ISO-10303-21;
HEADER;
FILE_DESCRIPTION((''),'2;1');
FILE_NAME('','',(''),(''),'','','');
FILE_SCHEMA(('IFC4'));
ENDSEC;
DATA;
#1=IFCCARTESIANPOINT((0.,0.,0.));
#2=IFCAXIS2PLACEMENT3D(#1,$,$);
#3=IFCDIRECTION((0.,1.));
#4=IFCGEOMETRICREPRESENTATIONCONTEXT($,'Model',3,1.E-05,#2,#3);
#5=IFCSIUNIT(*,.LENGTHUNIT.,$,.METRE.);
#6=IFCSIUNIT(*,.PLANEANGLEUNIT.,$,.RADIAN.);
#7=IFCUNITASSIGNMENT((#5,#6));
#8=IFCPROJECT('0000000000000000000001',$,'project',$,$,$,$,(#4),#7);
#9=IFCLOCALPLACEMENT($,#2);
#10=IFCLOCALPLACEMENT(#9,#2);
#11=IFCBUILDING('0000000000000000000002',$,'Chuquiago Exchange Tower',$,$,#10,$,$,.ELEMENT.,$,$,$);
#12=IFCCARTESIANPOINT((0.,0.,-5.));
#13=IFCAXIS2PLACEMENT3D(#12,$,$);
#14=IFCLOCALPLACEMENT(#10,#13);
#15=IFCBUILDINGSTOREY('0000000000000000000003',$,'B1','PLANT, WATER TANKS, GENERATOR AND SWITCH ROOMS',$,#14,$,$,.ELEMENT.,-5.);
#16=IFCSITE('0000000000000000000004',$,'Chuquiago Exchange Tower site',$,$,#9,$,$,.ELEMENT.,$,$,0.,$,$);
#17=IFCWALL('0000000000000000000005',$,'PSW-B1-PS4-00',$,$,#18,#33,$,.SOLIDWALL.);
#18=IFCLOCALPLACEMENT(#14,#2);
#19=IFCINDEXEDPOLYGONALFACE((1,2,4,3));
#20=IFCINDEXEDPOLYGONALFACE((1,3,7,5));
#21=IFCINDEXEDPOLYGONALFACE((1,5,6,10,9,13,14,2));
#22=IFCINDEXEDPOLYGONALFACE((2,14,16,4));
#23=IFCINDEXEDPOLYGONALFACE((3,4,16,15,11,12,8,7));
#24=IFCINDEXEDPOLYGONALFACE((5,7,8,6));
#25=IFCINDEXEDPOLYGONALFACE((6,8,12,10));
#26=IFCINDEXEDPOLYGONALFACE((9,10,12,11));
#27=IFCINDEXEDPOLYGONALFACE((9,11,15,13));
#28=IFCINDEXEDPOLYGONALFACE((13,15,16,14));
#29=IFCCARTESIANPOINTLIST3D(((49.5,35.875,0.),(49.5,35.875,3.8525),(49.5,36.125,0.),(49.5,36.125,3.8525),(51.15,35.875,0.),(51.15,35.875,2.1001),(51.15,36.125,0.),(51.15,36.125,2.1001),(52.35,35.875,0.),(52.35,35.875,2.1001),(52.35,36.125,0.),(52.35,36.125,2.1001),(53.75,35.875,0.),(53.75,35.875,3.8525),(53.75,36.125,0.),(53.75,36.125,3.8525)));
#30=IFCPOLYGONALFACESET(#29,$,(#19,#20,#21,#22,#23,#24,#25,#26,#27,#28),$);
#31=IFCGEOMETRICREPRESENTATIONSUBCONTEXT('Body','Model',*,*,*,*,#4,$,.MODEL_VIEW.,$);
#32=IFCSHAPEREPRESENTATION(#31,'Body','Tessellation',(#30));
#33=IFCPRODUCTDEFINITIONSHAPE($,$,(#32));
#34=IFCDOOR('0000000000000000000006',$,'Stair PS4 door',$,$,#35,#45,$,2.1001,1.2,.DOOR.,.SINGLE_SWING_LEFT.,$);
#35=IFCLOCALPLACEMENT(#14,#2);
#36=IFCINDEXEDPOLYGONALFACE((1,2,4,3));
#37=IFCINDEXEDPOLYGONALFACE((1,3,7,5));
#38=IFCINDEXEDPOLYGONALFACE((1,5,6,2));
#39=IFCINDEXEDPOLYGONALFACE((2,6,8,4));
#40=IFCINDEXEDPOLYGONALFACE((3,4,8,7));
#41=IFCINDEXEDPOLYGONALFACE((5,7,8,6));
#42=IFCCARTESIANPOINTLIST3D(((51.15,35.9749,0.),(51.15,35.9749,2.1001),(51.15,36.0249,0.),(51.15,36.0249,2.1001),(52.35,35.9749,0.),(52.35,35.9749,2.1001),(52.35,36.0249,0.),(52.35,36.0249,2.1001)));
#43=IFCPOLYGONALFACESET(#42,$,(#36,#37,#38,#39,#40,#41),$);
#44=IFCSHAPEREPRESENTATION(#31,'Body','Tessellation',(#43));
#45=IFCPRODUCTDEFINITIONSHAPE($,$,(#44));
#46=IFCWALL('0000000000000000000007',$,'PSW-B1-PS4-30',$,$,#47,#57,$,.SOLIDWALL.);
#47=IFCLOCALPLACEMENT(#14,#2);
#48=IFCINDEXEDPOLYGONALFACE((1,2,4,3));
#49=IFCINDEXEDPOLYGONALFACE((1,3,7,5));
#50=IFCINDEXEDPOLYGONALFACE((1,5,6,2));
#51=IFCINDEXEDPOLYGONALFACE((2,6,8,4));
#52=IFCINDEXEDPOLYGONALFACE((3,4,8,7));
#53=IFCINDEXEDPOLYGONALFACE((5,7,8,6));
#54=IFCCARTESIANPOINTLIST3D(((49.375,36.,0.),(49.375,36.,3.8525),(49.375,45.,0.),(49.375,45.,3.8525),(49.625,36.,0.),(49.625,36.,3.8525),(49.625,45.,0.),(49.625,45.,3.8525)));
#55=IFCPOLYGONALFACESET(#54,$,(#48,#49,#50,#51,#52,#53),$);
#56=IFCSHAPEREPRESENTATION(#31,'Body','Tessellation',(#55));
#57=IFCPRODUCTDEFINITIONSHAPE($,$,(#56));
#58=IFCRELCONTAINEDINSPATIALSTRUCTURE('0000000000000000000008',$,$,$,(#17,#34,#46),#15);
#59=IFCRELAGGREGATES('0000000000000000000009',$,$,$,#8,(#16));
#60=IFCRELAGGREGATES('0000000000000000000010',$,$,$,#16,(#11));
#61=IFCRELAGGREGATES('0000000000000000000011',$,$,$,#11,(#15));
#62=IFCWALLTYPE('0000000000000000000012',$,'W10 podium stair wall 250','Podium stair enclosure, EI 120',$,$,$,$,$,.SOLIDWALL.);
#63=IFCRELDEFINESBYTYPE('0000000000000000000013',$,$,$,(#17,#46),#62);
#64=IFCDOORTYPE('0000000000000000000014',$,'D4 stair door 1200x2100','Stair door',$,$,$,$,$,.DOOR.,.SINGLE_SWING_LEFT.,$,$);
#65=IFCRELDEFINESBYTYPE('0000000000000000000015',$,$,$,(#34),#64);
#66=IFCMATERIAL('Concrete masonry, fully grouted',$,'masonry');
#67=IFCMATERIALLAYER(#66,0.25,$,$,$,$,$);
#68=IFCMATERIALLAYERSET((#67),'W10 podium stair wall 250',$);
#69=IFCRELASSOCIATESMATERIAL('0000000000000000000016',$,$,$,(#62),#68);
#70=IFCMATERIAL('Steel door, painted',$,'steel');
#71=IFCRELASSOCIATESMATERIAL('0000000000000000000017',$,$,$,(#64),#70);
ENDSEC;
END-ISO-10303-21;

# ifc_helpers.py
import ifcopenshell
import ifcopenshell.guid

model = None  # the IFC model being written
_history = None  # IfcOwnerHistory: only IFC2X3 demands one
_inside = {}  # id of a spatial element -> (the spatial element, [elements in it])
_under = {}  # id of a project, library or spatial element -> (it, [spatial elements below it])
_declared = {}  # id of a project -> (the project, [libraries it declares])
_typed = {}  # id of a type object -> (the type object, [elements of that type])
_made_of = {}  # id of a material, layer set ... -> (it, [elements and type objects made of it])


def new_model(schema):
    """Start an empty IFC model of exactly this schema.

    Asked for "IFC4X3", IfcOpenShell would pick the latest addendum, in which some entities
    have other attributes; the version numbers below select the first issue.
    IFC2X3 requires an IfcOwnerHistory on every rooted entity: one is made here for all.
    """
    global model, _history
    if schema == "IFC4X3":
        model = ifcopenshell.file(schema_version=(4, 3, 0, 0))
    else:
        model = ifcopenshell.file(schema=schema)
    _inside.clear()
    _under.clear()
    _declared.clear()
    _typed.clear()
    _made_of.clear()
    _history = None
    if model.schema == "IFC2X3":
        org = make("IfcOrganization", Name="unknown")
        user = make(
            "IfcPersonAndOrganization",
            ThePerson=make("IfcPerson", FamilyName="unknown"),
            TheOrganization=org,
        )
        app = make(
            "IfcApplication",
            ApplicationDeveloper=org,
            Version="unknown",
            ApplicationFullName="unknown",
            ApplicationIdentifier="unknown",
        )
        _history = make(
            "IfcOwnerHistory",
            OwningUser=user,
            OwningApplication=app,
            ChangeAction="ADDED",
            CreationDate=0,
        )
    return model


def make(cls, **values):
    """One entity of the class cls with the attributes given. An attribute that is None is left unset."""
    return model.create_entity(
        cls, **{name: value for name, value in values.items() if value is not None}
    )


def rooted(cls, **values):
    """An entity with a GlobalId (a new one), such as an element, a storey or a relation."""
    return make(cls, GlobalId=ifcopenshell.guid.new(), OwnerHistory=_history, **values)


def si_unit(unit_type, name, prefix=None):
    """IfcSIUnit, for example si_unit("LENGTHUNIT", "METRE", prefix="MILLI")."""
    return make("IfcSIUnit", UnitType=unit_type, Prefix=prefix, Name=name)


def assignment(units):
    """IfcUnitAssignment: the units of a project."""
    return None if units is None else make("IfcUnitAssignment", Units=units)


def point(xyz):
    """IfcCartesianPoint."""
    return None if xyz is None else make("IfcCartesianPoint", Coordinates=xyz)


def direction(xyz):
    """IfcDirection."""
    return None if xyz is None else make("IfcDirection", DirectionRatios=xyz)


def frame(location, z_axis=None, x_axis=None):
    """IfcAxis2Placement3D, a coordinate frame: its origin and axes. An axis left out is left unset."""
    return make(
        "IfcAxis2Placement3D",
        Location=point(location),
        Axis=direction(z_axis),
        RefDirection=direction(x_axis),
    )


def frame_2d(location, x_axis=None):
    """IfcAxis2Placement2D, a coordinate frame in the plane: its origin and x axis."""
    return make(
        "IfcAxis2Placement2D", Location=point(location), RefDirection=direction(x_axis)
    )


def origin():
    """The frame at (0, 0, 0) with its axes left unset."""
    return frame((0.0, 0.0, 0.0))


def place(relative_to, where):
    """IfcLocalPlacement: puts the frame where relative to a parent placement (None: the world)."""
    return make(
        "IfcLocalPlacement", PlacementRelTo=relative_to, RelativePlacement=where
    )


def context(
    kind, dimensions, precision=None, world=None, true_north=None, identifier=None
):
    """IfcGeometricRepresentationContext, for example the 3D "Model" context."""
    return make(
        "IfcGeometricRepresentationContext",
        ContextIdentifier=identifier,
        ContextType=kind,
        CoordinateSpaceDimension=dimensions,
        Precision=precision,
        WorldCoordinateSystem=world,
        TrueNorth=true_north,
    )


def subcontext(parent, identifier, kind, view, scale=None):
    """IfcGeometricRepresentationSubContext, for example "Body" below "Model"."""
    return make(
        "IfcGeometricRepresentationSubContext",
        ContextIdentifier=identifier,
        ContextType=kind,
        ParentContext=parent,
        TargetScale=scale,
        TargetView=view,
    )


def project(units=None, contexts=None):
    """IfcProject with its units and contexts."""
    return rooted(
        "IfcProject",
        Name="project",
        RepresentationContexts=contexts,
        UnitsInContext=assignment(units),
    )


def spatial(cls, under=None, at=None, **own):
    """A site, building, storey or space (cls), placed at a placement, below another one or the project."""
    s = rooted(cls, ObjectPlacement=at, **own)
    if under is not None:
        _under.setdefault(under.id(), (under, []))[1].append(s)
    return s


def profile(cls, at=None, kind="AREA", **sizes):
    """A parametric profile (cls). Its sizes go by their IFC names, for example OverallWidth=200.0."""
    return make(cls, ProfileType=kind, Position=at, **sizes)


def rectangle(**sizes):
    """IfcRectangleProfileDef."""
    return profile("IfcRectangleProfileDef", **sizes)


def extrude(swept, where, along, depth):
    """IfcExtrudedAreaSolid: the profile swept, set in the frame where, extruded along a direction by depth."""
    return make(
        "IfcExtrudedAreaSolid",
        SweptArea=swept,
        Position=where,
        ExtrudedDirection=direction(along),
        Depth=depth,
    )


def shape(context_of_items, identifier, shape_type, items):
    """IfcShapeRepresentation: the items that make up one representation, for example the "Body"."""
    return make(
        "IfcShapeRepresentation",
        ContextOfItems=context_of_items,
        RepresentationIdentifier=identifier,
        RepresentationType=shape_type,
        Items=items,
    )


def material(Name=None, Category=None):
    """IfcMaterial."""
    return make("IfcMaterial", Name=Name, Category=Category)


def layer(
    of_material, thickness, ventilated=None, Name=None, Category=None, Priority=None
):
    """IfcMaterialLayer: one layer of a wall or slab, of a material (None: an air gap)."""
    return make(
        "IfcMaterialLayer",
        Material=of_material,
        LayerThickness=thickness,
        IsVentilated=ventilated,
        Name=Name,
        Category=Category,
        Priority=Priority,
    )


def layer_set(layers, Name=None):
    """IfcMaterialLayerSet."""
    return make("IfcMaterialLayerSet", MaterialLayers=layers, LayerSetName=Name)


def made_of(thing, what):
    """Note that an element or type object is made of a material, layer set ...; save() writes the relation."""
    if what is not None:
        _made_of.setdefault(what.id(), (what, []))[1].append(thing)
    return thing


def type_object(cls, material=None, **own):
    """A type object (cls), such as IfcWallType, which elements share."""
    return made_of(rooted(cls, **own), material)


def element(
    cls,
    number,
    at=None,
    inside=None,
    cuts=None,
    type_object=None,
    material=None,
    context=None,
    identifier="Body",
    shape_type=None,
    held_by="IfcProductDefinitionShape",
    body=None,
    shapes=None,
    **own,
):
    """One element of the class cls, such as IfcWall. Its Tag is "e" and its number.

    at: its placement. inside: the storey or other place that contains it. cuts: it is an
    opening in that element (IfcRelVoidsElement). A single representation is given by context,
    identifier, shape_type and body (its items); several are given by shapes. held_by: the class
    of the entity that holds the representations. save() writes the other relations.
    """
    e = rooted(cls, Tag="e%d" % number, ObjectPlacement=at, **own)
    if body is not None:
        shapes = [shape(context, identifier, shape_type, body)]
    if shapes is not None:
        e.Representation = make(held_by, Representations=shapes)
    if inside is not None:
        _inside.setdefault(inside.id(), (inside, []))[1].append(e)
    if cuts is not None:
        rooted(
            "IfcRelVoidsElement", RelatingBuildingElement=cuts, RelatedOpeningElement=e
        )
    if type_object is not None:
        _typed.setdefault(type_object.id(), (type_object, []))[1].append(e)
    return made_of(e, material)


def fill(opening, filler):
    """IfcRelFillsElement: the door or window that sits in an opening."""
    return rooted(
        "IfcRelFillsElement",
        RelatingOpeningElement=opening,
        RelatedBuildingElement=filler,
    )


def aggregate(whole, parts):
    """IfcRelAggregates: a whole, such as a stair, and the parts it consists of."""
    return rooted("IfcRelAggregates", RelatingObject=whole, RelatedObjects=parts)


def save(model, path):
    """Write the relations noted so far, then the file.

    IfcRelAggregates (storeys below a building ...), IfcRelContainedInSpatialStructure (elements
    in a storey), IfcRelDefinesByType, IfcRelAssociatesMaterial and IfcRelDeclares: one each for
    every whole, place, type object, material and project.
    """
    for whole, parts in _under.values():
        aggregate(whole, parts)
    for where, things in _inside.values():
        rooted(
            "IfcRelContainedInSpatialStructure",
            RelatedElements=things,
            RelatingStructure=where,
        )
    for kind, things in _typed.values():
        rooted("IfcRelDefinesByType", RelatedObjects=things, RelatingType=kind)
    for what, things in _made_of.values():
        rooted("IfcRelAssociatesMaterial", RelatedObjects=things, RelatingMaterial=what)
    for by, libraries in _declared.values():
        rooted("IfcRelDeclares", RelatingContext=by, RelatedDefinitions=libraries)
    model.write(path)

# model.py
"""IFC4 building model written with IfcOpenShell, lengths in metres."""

from ifc_helpers import new_model, si_unit, direction, frame, frame_2d, origin, place, context, subcontext, project, spatial, rectangle, extrude, material, layer, layer_set, type_object, element, fill, save


model = new_model("IFC4")

# Units and contexts
model_context = context("Model", 3, precision=1e-05, world=origin(), true_north=direction((0.0, 1.0)))
body_context = subcontext(model_context, "Body", "Model", "MODEL_VIEW")
ifc_project = project(units=[si_unit("LENGTHUNIT", "METRE"), si_unit("PLANEANGLEUNIT", "RADIAN")], contexts=[model_context])

# Site, building, storey
site_placement = place(None, origin())
site = spatial("IfcSite", under=ifc_project, at=site_placement, Name="Chuquiago Exchange Tower site", CompositionType="ELEMENT", RefElevation=0.0)
building_placement = place(site_placement, origin())
building = spatial("IfcBuilding", under=site, at=building_placement, Name="Chuquiago Exchange Tower", CompositionType="ELEMENT")
storey_placement = place(building_placement, frame((0.0, 0.0, -5.0)))
storey = spatial("IfcBuildingStorey", under=building, at=storey_placement, Name="B1", Description="PLANT, WATER TANKS, GENERATOR AND SWITCH ROOMS", CompositionType="ELEMENT", Elevation=-5.0)

# Wall, opening, door
ifc_material_1 = material(Name="Concrete masonry, fully grouted", Category="masonry")
ifc_layer = layer(ifc_material_1, 0.25)
ifc_layer_set = layer_set([ifc_layer], Name="W10 podium stair wall 250")
wall_type = type_object("IfcWallType", Name="W10 podium stair wall 250", Description="Podium stair enclosure, EI 120", PredefinedType="SOLIDWALL", material=ifc_layer_set)
wall_1_placement = place(storey_placement, frame((49.5, 36.0, 0.0), z_axis=(0.0, 0.0, 1.0), x_axis=(1.0, 0.0, 0.0)))
wall_1 = element("IfcWall", 1, at=wall_1_placement, inside=storey, type_object=wall_type, Name="PSW-B1-PS4-00", PredefinedType="SOLIDWALL", context=body_context, shape_type="SweptSolid", body=[
    extrude(rectangle(XDim=4.25, YDim=0.25, at=frame_2d((2.125, 0.0))), origin(), (0.0, 0.0, 1.0), 3.8525),
])
opening_placement = place(wall_1_placement, frame((1.6499, 0.0, 0.0)))
opening = element("IfcOpeningElement", 2, at=opening_placement, cuts=wall_1, PredefinedType="OPENING", context=body_context, shape_type="SweptSolid", body=[
    extrude(rectangle(XDim=1.2, YDim=2.1001, at=frame_2d((0.6001, 1.05))), frame((0.0, 0.135, 0.0), z_axis=(0.0, -1.0, 0.0), x_axis=(1.0, 0.0, 0.0)), (0.0, 0.0, 1.0), 0.27),
])
ifc_material_2 = material(Name="Steel door, painted", Category="steel")
door_type = type_object("IfcDoorType", Name="D4 stair door 1200x2100", Description="Stair door", OperationType="SINGLE_SWING_LEFT", PredefinedType="DOOR", material=ifc_material_2)
door_placement = place(opening_placement, origin())
door = element("IfcDoor", 3, at=door_placement, inside=storey, type_object=door_type, Name="Stair PS4 door", OperationType="SINGLE_SWING_LEFT", OverallHeight=2.1001, OverallWidth=1.2, PredefinedType="DOOR", context=body_context, shape_type="SweptSolid", body=[
    extrude(rectangle(XDim=1.2, YDim=2.1001, at=frame_2d((0.6001, 1.05))), frame((0.0, 0.0249, 0.0), z_axis=(0.0, -1.0, 0.0), x_axis=(1.0, 0.0, 0.0)), (0.0, 0.0, 1.0), 0.05),
])
fill(opening, door)

# Wall
wall_2_placement = place(storey_placement, frame((49.5, 36.0, 0.0), z_axis=(0.0, 0.0, 1.0), x_axis=(0.0, 1.0, 0.0)))
element("IfcWall", 4, at=wall_2_placement, inside=storey, type_object=wall_type, Name="PSW-B1-PS4-30", PredefinedType="SOLIDWALL", context=body_context, shape_type="SweptSolid", body=[
    extrude(rectangle(XDim=9.0, YDim=0.25, at=frame_2d((4.5, 0.0))), origin(), (0.0, 0.0, 1.0), 3.8525),
])

save(model, "model.ifc")
